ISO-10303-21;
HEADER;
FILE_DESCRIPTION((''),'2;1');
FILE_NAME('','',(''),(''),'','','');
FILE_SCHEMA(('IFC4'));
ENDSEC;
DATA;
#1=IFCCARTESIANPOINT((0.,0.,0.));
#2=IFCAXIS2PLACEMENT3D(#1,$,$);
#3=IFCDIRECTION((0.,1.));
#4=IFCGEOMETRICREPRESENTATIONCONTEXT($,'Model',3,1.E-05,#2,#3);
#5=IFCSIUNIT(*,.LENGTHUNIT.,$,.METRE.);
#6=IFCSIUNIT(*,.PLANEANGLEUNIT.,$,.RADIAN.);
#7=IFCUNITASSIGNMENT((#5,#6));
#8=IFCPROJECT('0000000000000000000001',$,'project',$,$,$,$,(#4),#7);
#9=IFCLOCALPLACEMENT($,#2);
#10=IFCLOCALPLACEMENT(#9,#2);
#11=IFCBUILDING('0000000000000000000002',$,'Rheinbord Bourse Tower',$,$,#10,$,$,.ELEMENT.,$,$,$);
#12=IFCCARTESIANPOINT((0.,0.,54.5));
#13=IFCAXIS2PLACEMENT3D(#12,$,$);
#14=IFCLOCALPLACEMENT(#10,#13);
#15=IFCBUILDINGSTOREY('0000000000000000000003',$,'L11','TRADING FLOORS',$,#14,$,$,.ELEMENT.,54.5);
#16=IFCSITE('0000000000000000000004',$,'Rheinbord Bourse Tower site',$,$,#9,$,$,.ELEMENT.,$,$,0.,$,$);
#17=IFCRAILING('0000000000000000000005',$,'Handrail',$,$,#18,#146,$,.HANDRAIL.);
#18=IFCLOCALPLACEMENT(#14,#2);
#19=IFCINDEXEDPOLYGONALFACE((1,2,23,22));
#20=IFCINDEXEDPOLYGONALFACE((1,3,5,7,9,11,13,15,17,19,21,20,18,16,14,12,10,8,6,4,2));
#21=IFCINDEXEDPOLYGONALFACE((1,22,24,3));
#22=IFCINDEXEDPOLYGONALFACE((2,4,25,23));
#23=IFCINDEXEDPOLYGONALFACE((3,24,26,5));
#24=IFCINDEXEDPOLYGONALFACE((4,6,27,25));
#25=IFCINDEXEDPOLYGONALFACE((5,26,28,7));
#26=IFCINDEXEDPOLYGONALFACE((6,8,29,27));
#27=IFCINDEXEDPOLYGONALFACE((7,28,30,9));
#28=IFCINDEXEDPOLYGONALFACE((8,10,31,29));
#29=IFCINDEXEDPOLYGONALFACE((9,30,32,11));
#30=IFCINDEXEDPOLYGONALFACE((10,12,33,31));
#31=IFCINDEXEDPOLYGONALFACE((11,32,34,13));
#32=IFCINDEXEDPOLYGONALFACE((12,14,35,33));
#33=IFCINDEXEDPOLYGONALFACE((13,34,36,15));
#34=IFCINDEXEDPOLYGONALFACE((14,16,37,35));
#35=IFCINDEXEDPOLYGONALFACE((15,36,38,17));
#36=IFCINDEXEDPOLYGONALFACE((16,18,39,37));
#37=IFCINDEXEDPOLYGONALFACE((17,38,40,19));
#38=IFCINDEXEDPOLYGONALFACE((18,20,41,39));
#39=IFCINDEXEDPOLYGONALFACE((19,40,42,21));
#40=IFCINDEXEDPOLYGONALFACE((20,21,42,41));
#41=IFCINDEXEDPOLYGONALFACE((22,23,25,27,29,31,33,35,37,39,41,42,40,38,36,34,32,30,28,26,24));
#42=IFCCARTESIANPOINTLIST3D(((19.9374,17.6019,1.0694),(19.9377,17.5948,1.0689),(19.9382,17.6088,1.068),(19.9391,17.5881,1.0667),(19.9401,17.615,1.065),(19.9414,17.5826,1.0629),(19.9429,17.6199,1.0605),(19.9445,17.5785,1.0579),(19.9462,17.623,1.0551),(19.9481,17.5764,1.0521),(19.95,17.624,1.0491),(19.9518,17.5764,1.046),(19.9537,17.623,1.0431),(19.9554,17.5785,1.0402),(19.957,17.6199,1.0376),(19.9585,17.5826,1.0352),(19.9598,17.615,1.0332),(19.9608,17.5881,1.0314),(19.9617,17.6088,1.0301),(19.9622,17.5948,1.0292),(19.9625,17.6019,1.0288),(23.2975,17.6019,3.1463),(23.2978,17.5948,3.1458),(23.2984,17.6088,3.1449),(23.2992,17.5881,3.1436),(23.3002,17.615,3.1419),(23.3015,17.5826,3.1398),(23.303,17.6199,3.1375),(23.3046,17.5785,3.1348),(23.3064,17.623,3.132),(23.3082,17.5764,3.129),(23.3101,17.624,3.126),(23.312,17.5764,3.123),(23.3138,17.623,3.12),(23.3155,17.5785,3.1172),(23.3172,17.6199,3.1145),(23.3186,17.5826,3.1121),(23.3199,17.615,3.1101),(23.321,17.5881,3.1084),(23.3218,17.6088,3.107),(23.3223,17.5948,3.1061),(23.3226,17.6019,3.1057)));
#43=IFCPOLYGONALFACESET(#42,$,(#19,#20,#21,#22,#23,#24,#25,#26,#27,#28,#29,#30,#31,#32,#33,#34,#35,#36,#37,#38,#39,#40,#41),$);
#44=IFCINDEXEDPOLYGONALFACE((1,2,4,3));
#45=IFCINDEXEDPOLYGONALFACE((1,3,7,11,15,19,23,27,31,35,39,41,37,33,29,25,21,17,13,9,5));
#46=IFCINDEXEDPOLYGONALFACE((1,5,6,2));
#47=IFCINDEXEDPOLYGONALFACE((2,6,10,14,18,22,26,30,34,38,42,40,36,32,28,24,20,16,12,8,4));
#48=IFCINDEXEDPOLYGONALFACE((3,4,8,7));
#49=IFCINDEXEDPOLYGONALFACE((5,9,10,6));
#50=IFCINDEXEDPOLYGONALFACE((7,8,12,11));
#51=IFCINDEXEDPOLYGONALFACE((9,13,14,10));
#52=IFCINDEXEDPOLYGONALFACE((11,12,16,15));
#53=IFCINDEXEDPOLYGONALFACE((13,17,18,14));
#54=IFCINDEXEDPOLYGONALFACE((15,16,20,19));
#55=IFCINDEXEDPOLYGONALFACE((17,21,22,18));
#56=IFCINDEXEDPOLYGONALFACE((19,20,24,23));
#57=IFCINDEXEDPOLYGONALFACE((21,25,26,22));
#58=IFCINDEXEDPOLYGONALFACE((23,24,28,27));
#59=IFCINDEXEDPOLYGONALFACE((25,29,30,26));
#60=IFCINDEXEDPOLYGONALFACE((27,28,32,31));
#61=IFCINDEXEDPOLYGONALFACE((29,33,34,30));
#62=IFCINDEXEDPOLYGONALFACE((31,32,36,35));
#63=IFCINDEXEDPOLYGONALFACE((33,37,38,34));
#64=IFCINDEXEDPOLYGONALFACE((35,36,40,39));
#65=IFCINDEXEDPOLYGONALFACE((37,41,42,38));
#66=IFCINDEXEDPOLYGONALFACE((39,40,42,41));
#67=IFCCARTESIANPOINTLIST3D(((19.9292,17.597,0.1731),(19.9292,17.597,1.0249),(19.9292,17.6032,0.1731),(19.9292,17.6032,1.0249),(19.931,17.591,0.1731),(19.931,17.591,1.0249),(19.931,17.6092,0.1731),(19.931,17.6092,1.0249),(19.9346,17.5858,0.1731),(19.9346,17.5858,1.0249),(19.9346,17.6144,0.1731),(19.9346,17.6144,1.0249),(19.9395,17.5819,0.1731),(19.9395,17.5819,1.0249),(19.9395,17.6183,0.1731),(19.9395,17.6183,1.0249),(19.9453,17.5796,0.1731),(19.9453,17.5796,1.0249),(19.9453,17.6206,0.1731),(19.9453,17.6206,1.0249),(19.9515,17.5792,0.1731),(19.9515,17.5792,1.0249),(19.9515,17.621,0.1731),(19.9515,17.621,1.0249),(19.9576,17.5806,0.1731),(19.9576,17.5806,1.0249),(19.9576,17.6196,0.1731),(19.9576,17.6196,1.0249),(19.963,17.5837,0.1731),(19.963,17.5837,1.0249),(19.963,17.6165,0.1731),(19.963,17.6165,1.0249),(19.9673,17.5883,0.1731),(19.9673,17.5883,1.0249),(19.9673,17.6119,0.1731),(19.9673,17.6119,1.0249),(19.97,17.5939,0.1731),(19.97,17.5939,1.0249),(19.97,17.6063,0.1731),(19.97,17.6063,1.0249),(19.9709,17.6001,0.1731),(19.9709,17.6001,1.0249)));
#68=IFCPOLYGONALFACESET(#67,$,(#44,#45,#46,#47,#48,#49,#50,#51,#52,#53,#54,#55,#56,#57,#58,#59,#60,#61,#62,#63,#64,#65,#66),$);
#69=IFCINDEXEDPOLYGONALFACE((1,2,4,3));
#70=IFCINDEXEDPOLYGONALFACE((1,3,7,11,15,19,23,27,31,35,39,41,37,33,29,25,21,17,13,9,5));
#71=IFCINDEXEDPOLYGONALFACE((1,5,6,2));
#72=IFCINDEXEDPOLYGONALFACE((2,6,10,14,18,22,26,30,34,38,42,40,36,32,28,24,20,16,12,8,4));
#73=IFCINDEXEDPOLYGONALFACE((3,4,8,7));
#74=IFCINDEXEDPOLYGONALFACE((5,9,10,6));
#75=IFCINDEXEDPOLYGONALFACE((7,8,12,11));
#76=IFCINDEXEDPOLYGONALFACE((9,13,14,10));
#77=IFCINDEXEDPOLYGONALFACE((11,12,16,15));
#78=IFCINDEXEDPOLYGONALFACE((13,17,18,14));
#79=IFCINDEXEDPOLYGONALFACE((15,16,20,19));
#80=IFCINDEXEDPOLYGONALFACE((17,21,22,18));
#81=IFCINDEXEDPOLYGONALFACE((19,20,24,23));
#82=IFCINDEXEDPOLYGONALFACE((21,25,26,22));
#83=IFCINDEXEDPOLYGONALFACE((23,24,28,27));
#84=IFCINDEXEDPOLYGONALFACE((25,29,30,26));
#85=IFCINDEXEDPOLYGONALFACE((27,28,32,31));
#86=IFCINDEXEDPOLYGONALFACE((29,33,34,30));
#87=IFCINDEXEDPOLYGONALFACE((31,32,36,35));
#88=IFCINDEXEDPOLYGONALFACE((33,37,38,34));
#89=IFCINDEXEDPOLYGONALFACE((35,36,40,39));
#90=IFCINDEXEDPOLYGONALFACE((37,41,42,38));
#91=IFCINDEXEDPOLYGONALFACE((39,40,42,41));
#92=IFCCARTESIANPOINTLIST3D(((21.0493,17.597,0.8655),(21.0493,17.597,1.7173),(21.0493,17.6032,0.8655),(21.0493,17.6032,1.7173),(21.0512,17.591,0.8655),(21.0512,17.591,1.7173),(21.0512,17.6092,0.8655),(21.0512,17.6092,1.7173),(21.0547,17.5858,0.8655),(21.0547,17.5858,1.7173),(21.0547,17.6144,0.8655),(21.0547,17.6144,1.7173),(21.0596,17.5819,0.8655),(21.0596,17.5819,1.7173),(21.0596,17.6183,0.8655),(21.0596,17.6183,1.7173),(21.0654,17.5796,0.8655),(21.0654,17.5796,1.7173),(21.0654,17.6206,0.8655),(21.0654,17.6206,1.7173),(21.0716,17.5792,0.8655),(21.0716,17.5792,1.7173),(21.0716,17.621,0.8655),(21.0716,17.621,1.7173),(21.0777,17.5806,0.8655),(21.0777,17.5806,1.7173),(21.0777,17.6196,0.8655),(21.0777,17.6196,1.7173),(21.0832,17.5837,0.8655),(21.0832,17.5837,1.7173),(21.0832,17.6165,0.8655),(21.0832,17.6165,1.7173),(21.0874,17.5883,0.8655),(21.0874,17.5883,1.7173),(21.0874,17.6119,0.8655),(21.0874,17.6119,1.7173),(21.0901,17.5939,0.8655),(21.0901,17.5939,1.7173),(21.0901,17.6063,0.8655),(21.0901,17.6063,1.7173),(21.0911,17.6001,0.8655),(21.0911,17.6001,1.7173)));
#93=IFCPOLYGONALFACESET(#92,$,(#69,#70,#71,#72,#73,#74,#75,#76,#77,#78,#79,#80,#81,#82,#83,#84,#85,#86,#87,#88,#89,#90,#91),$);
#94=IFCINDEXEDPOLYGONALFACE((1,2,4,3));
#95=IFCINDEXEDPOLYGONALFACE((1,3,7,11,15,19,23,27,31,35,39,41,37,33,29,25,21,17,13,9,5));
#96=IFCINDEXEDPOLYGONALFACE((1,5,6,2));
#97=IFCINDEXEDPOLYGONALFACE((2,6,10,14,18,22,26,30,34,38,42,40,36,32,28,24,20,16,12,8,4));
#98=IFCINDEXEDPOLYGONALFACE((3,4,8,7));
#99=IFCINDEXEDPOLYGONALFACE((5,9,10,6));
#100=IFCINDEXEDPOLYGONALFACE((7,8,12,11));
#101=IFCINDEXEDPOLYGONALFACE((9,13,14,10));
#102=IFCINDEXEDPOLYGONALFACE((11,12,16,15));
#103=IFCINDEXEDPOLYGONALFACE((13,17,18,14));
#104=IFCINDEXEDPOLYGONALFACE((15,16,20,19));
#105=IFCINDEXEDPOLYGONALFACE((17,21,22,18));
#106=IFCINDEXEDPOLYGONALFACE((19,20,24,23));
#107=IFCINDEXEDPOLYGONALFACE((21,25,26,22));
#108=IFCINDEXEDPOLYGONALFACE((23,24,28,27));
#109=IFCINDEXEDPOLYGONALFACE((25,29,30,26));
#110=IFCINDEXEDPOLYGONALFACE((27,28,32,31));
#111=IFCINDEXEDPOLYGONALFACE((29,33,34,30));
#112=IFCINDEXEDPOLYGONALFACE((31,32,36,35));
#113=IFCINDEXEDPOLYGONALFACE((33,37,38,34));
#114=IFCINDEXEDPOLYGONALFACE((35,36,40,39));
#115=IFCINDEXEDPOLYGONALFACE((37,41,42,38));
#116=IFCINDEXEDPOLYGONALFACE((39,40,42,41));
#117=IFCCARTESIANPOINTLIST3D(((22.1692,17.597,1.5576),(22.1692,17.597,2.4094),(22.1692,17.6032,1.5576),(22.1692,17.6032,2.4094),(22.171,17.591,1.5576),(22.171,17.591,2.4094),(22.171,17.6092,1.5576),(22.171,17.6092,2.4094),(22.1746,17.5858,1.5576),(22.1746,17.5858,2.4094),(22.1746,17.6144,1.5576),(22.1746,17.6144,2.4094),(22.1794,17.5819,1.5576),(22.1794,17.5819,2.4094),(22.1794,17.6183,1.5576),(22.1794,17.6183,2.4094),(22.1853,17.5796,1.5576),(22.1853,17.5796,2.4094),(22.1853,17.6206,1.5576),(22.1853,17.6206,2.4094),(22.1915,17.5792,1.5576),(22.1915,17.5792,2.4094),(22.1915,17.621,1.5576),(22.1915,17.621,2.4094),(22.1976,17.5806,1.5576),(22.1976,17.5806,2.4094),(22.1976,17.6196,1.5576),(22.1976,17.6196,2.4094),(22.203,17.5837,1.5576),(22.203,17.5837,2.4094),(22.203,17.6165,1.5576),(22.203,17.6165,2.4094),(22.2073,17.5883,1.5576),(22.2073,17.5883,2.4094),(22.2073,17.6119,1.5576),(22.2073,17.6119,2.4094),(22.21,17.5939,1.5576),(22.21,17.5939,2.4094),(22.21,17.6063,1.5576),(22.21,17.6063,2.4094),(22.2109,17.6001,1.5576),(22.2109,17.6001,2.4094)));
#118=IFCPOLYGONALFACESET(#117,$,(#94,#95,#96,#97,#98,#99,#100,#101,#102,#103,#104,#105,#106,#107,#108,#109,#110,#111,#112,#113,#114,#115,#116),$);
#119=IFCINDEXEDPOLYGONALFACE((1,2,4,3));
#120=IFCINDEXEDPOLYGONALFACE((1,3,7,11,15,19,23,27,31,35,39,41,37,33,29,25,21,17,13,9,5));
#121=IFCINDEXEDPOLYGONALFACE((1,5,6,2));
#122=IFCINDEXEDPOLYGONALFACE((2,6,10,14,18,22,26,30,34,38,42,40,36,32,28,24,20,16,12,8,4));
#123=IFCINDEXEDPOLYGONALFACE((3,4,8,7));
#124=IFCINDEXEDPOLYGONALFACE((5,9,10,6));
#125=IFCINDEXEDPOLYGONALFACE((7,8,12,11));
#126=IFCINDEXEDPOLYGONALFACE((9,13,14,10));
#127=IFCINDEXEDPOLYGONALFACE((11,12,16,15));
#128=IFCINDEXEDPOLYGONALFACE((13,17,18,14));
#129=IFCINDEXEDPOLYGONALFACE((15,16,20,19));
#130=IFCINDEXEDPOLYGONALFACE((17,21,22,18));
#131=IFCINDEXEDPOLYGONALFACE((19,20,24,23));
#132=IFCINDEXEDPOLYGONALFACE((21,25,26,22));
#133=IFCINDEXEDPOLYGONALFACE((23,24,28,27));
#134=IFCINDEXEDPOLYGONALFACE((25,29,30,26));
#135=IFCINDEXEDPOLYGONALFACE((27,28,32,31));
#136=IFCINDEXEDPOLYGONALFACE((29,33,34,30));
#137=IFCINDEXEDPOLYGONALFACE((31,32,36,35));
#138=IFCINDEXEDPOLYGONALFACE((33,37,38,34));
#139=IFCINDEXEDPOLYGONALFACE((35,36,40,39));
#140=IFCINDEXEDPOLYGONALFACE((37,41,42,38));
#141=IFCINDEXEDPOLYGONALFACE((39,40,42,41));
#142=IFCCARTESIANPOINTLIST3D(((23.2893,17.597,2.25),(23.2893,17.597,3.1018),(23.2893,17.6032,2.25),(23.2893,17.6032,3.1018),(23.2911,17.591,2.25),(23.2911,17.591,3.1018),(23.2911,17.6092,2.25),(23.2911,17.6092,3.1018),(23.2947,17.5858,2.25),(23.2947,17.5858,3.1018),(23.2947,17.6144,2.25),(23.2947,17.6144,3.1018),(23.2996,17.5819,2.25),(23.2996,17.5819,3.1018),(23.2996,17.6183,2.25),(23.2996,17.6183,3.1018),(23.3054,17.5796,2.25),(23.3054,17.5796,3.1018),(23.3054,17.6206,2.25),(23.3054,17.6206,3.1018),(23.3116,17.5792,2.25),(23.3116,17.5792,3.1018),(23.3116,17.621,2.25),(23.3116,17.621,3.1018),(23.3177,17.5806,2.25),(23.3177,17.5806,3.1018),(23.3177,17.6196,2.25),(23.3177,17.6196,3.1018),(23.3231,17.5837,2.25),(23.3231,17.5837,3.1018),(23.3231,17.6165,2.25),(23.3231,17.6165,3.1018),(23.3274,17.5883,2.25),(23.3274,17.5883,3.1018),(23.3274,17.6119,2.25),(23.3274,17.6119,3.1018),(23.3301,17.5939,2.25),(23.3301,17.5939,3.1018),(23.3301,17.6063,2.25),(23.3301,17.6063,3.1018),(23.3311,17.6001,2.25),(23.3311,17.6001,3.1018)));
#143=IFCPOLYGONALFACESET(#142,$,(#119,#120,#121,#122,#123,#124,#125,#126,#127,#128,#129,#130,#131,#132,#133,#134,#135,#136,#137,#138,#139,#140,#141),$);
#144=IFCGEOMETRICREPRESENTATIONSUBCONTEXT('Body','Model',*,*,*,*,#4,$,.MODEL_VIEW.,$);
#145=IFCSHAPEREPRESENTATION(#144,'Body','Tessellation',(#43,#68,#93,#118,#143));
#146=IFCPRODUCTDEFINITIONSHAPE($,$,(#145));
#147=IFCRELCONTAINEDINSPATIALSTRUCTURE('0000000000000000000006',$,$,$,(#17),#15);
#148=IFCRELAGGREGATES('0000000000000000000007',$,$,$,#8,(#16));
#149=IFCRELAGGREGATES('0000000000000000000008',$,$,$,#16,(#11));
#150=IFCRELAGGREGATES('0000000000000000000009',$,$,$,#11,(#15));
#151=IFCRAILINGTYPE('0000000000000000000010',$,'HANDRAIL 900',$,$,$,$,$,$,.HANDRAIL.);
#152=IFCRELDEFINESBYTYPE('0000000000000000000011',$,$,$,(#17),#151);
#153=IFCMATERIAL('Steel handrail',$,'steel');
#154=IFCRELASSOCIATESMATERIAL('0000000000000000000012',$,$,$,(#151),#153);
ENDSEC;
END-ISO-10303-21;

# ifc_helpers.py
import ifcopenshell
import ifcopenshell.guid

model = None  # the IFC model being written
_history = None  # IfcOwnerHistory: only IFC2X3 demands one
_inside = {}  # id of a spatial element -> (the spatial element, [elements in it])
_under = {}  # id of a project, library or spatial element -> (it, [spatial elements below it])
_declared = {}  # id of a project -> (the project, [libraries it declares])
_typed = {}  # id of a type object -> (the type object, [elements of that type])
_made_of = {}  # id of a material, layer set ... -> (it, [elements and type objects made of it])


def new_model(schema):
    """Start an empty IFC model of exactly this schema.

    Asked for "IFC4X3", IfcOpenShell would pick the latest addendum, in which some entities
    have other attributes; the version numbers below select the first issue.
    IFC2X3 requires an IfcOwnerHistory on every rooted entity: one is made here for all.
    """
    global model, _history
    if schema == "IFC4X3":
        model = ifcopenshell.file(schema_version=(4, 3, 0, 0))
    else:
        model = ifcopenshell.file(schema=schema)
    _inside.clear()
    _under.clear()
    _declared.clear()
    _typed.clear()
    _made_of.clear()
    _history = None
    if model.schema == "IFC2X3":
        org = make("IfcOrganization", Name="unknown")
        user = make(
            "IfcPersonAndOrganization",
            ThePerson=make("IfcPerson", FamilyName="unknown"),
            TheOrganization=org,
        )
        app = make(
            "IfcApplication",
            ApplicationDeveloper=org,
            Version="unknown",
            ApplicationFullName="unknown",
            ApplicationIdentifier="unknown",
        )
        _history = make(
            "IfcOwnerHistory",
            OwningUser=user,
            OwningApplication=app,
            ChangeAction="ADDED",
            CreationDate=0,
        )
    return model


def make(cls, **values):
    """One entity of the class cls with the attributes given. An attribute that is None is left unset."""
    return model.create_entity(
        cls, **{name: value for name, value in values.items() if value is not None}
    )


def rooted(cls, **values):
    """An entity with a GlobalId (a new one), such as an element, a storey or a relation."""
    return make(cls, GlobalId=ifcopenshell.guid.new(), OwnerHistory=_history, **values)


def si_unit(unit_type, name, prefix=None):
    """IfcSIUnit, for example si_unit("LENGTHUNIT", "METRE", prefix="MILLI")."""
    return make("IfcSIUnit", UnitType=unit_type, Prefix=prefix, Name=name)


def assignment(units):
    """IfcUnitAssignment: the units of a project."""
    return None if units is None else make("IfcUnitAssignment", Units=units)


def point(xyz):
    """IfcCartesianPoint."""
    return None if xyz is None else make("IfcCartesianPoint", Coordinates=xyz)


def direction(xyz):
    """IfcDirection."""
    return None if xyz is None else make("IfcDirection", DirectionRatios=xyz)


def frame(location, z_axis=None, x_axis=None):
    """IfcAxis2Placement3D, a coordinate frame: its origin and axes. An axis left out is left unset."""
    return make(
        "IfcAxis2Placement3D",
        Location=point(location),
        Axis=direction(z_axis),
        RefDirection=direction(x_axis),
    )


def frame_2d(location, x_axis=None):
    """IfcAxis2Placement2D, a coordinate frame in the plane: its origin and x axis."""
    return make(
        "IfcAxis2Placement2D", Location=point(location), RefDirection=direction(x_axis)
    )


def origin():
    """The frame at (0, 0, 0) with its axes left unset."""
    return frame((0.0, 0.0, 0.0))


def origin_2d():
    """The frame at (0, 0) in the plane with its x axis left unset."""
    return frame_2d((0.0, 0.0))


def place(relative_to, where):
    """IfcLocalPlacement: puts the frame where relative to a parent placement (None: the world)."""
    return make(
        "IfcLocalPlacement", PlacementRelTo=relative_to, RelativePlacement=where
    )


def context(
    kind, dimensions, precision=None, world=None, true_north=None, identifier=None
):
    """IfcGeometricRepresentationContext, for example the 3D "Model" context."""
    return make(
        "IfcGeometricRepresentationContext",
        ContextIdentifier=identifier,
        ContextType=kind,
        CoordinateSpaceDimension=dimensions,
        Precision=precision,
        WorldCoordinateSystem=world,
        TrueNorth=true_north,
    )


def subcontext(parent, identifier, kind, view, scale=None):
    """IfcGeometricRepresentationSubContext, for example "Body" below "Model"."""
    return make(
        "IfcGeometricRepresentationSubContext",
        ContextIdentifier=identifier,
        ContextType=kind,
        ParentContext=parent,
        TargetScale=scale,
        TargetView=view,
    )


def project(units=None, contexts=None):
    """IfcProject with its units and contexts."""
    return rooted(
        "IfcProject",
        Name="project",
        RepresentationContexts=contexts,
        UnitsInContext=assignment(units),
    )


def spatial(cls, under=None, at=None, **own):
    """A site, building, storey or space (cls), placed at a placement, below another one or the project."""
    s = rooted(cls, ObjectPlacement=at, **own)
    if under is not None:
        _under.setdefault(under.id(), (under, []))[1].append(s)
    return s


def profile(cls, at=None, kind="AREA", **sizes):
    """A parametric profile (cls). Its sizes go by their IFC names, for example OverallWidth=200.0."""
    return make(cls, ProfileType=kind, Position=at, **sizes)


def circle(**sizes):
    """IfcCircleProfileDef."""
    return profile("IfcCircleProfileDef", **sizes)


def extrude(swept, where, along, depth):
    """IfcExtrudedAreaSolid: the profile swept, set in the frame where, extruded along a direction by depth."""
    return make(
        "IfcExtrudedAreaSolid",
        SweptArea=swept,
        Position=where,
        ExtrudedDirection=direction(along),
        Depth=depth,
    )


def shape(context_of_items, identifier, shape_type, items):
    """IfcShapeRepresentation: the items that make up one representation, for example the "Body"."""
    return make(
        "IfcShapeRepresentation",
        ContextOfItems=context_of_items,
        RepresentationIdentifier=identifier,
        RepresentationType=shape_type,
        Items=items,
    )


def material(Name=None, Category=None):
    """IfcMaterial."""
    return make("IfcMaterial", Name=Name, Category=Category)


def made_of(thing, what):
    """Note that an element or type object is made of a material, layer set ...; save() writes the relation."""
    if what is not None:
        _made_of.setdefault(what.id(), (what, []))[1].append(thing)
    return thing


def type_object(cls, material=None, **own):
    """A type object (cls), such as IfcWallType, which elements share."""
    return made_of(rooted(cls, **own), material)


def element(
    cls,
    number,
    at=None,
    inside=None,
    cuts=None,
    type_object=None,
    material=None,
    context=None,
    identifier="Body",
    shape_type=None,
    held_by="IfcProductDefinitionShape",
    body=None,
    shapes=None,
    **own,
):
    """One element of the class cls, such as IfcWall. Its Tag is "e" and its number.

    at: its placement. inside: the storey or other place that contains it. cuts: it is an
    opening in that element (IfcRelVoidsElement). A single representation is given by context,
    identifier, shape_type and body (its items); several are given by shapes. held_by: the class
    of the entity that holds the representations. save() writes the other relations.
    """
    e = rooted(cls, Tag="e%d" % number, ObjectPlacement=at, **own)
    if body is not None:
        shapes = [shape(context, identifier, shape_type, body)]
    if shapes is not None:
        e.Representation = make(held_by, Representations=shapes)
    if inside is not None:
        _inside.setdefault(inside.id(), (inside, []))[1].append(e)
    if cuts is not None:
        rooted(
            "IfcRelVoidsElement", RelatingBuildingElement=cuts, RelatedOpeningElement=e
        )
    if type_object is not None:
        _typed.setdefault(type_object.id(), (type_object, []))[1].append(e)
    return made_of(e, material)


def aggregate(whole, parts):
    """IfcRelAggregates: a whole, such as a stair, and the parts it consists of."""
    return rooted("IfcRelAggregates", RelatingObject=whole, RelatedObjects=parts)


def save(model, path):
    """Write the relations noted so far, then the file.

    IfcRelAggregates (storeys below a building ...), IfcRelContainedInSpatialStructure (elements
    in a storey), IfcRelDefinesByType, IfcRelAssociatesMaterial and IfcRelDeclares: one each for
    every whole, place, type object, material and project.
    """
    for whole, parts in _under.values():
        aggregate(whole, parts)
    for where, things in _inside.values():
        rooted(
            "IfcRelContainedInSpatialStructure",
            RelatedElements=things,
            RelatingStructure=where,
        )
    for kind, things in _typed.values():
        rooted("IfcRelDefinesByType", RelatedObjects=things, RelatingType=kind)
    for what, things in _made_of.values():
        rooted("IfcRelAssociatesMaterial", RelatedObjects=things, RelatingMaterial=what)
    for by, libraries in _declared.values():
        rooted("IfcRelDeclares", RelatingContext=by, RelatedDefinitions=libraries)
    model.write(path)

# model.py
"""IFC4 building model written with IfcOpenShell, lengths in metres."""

from ifc_helpers import new_model, si_unit, direction, frame, origin, origin_2d, place, context, subcontext, project, spatial, circle, extrude, material, type_object, element, save


model = new_model("IFC4")

# Units and contexts
model_context = context("Model", 3, precision=1e-05, world=origin(), true_north=direction((0.0, 1.0)))
body_context = subcontext(model_context, "Body", "Model", "MODEL_VIEW")
ifc_project = project(units=[si_unit("LENGTHUNIT", "METRE"), si_unit("PLANEANGLEUNIT", "RADIAN")], contexts=[model_context])

# Site, building, storey
site_placement = place(None, origin())
site = spatial("IfcSite", under=ifc_project, at=site_placement, Name="Rheinbord Bourse Tower site", CompositionType="ELEMENT", RefElevation=0.0)
building_placement = place(site_placement, origin())
building = spatial("IfcBuilding", under=site, at=building_placement, Name="Rheinbord Bourse Tower", CompositionType="ELEMENT")
storey_placement = place(building_placement, frame((0.0, 0.0, 54.5)))
storey = spatial("IfcBuildingStorey", under=building, at=storey_placement, Name="L11", Description="TRADING FLOORS", CompositionType="ELEMENT", Elevation=54.5)

# Railing
ifc_material_1 = material(Name="Steel handrail", Category="steel")
railing_type = type_object("IfcRailingType", Name="HANDRAIL 900", PredefinedType="HANDRAIL", material=ifc_material_1)
railing_1_placement = place(storey_placement, frame((19.95, 17.6001, 0.1731)))
element("IfcRailing", 1, at=railing_1_placement, inside=storey, type_object=railing_type, Name="Handrail", PredefinedType="HANDRAIL", context=body_context, shape_type="SweptSolid", body=[
    extrude(circle(Radius=0.0239, at=origin_2d()), frame((0.0, 0.0, 0.876), z_axis=(0.850623, 0.0, 0.525776), x_axis=(0.0, 1.0, 0.0)), (0.0, 0.0, 1.0), 3.9502),
    extrude(circle(Radius=0.021, at=origin_2d()), origin(), (0.0, 0.0, 1.0), 0.8518),
    extrude(circle(Radius=0.021, at=origin_2d()), frame((1.1201, 0.0, 0.6924)), (0.0, 0.0, 1.0), 0.8518),
    extrude(circle(Radius=0.021, at=origin_2d()), frame((2.24, 0.0, 1.3845)), (0.0, 0.0, 1.0), 0.8518),
    extrude(circle(Radius=0.021, at=origin_2d()), frame((3.3601, 0.0, 2.0769)), (0.0, 0.0, 1.0), 0.8518),
])

save(model, "model.ifc")
